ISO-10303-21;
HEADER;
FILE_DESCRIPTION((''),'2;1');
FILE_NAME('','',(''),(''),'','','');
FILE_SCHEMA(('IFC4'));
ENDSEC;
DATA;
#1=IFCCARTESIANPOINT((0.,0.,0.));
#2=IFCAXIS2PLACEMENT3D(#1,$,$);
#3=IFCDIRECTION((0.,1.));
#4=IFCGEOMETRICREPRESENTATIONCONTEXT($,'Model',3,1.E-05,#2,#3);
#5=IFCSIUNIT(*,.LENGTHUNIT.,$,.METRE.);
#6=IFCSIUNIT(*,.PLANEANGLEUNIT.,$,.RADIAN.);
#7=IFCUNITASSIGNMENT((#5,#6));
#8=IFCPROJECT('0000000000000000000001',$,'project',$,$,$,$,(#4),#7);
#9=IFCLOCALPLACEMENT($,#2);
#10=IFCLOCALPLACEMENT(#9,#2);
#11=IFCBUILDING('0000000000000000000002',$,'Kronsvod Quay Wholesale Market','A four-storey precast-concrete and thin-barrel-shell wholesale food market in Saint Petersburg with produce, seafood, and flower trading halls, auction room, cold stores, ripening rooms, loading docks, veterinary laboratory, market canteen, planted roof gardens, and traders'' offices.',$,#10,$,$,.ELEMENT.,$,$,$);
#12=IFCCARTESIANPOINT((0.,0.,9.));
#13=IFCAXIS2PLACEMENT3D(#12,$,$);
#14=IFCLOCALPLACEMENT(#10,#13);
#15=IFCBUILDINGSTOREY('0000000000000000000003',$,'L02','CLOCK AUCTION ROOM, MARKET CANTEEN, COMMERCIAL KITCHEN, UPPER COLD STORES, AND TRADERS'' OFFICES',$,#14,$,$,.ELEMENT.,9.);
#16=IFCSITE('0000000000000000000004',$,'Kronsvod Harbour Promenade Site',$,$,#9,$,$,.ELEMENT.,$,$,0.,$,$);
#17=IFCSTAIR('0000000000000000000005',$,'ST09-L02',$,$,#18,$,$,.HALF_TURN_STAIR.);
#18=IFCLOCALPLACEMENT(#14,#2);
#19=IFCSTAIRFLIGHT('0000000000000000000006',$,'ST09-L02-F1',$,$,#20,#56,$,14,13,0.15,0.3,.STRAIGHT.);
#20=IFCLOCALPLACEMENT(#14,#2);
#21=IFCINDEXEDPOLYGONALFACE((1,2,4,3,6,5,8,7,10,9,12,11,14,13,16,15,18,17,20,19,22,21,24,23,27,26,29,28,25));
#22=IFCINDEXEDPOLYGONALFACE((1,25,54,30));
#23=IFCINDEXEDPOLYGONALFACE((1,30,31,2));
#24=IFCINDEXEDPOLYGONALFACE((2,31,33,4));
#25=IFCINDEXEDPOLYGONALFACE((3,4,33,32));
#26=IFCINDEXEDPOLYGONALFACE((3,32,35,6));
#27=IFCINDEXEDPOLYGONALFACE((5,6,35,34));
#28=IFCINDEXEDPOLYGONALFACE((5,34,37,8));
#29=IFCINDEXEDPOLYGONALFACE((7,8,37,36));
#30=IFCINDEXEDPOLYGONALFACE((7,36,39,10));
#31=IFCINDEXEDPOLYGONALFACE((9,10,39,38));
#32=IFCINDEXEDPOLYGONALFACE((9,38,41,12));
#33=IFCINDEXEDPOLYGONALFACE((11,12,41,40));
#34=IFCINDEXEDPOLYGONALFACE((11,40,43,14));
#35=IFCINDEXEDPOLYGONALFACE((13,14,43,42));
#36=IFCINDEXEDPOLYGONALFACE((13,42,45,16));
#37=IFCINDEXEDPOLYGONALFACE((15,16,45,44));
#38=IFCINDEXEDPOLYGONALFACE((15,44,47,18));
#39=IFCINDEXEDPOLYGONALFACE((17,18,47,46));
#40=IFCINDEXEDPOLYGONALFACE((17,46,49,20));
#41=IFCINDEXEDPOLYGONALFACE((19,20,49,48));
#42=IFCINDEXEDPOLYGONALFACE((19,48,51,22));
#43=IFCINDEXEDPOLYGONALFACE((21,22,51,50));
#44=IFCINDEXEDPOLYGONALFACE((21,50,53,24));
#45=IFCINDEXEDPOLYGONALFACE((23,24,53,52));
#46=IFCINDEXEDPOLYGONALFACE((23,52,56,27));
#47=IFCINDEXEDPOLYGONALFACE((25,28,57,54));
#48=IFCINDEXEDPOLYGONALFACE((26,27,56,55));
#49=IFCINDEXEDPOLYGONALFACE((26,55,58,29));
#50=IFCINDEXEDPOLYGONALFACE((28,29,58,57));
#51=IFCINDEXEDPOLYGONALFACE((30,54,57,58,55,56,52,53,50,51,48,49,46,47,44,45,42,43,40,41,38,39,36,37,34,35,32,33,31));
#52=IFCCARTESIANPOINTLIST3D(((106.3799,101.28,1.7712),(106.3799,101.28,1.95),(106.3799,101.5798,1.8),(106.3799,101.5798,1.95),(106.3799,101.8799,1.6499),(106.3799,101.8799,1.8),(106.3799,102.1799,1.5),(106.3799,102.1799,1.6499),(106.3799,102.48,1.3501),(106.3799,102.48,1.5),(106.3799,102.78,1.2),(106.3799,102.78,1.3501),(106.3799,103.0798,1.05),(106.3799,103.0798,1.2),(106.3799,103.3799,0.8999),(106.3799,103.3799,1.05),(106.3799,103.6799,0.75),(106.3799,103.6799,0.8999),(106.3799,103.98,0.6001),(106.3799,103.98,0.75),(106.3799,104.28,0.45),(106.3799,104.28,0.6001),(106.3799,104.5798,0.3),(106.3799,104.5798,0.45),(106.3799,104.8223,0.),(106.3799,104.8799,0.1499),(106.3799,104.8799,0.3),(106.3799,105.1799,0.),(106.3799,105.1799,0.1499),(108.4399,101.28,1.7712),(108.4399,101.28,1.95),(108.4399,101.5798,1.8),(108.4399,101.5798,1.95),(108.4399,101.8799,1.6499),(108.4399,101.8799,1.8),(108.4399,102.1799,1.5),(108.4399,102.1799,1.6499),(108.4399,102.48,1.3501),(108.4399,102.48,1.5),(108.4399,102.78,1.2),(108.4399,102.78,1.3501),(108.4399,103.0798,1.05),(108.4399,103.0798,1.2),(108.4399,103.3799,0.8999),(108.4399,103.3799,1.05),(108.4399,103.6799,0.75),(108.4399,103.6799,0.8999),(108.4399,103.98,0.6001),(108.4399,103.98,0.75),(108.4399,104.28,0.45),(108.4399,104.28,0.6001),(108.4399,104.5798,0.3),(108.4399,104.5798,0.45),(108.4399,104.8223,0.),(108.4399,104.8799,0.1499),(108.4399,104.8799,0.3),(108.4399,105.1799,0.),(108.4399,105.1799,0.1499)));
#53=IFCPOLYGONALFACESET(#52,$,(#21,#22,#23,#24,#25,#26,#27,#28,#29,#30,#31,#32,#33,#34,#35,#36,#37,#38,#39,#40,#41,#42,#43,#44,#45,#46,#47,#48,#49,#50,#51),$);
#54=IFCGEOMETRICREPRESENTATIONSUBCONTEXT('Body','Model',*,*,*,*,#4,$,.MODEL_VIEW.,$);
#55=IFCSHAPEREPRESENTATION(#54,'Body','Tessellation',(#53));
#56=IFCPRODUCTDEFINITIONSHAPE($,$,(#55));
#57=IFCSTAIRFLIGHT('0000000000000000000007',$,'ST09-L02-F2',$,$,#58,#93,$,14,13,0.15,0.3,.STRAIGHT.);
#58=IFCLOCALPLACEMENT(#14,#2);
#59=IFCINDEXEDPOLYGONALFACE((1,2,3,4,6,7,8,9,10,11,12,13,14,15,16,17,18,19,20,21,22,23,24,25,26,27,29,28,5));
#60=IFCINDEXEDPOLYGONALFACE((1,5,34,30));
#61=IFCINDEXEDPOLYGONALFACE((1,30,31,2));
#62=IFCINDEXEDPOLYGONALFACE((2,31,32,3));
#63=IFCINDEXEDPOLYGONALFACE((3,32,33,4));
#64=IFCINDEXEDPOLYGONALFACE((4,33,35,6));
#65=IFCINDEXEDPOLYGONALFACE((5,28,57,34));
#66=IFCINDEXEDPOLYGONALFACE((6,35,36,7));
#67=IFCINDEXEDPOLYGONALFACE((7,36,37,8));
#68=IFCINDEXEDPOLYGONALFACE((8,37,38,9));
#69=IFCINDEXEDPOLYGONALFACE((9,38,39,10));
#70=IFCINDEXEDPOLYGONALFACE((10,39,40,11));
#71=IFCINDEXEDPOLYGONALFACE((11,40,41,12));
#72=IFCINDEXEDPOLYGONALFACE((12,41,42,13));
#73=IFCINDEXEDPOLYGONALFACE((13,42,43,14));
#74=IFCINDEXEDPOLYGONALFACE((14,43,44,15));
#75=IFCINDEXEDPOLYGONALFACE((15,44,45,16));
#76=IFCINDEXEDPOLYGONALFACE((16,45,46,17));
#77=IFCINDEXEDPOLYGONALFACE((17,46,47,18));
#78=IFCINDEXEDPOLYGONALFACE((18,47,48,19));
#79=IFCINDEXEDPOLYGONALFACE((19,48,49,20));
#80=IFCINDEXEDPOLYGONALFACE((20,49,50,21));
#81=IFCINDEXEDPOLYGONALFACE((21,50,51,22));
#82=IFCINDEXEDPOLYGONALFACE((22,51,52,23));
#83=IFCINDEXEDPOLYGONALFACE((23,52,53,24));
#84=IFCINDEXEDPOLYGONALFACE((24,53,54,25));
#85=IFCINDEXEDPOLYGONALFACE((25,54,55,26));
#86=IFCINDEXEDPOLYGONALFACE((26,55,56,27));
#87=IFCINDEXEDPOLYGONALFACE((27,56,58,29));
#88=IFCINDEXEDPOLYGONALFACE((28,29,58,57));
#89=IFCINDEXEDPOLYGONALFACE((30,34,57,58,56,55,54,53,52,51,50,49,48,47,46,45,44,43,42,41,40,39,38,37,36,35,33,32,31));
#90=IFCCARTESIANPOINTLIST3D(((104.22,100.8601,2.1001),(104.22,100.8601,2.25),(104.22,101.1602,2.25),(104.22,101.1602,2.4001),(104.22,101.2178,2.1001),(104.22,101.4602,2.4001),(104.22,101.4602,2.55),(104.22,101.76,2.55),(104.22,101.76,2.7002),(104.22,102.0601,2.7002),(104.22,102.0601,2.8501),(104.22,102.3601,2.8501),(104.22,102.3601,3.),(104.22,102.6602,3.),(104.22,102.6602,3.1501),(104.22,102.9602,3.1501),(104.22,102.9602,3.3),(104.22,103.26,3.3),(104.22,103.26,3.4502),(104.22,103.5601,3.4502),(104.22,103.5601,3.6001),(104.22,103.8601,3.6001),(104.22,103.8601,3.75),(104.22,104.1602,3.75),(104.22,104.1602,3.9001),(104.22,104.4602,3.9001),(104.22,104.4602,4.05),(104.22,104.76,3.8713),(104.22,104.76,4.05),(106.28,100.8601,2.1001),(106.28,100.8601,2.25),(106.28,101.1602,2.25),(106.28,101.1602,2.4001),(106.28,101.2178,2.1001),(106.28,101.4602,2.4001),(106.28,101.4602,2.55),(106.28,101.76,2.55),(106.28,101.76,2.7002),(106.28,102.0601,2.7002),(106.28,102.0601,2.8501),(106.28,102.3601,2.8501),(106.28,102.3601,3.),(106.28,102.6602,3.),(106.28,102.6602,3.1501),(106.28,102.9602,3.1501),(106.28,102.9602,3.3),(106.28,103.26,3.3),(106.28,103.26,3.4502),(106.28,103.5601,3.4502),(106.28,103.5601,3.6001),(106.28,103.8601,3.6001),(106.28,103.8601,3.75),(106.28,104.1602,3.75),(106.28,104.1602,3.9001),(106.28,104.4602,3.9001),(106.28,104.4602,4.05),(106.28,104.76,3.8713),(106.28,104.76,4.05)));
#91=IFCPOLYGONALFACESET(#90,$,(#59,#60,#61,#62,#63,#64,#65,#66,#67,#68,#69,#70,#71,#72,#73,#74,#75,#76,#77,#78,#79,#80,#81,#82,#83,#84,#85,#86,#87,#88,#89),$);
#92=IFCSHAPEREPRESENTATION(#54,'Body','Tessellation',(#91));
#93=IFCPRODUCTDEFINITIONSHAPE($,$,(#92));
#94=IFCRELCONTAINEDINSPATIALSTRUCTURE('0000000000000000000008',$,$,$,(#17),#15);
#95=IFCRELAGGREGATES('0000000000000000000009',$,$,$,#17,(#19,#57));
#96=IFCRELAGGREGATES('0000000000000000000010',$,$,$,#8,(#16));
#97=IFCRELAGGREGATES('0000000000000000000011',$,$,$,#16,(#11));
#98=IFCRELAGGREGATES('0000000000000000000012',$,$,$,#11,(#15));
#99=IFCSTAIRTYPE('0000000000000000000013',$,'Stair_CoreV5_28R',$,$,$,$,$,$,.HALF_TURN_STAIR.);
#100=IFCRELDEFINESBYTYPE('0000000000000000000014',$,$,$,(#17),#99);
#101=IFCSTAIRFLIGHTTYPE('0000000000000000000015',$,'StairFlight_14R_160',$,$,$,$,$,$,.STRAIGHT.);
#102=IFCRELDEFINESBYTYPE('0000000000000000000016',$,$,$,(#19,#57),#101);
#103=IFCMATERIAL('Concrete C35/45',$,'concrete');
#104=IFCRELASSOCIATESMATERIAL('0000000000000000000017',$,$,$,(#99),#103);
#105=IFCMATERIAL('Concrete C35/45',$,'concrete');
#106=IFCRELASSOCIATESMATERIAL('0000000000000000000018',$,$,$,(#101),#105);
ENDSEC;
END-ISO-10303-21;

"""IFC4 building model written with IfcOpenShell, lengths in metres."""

from ifc_helpers import new_model, si_unit, direction, frame, origin, place, context, subcontext, project, spatial, polyline, outline, extrude, material, type_object, element, aggregate, save


model = new_model("IFC4")

# Units and contexts
model_context = context("Model", 3, precision=1e-05, world=origin(), true_north=direction((0.0, 1.0)))
body_context = subcontext(model_context, "Body", "Model", "MODEL_VIEW")
ifc_project = project(units=[si_unit("LENGTHUNIT", "METRE"), si_unit("PLANEANGLEUNIT", "RADIAN")], contexts=[model_context])

# Site, building, storey
site_placement = place(None, origin())
site = spatial("IfcSite", under=ifc_project, at=site_placement, Name="Kronsvod Harbour Promenade Site", CompositionType="ELEMENT", RefElevation=0.0)
building_placement = place(site_placement, origin())
building = spatial("IfcBuilding", under=site, at=building_placement, Name="Kronsvod Quay Wholesale Market", Description="A four-storey precast-concrete and thin-barrel-shell wholesale food market in Saint Petersburg with produce, seafood, and flower trading halls, auction room, cold stores, ripening rooms, loading docks, veterinary laboratory, market canteen, planted roof gardens, and traders' offices.", CompositionType="ELEMENT")
storey_placement = place(building_placement, frame((0.0, 0.0, 9.0)))
storey = spatial("IfcBuildingStorey", under=building, at=storey_placement, Name="L02", Description="CLOCK AUCTION ROOM, MARKET CANTEEN, COMMERCIAL KITCHEN, UPPER COLD STORES, AND TRADERS' OFFICES", CompositionType="ELEMENT", Elevation=9.0)

# Stair, stair flights
ifc_material_1 = material(Name="Concrete C35/45", Category="concrete")
stair_type = type_object("IfcStairType", Name="Stair_CoreV5_28R", PredefinedType="HALF_TURN_STAIR", material=ifc_material_1)
stair_placement = place(storey_placement, origin())
stair = element("IfcStair", 1, at=stair_placement, inside=storey, type_object=stair_type, Name="ST09-L02", PredefinedType="HALF_TURN_STAIR")
ifc_material_2 = material(Name="Concrete C35/45", Category="concrete")
stair_flight_type = type_object("IfcStairFlightType", Name="StairFlight_14R_160", PredefinedType="STRAIGHT", material=ifc_material_2)
stair_flight_1_placement = place(storey_placement, frame((107.4099, 105.1799, 0.0), z_axis=(0.0, 0.0, 1.0), x_axis=(0.0, -1.0, 0.0)))
stair_flight_1 = element("IfcStairFlight", 2, at=stair_flight_1_placement, type_object=stair_flight_type, Name="ST09-L02-F1", NumberOfRisers=14, NumberOfTreads=13, PredefinedType="STRAIGHT", RiserHeight=0.15, TreadLength=0.3, context=body_context, shape_type="SweptSolid", body=[
    extrude(outline(polyline([(0.0, 0.0), (0.0, 0.1499), (0.3, 0.1499), (0.3, 0.3), (0.6001, 0.3), (0.6001, 0.45), (0.8999, 0.45), (0.8999, 0.6001), (1.2, 0.6001), (1.2, 0.75), (1.5, 0.75), (1.5, 0.8999), (1.8, 0.8999), (1.8, 1.05), (2.1001, 1.05), (2.1001, 1.2), (2.3999, 1.2), (2.3999, 1.3501), (2.7, 1.3501), (2.7, 1.5), (3.0, 1.5), (3.0, 1.6499), (3.3, 1.6499), (3.3, 1.8), (3.6001, 1.8), (3.6001, 1.95), (3.8999, 1.95), (3.8999, 2.1001), (3.8999, 1.7712), (0.3577, 0.0), (0.0, 0.0)])), frame((0.0, 1.03, 0.0), z_axis=(0.0, -1.0, 0.0), x_axis=(1.0, 0.0, 0.0)), (0.0, 0.0, 1.0), 2.0601),
])
stair_flight_2_placement = place(storey_placement, frame((105.25, 100.8601, 2.1001), z_axis=(0.0, 0.0, 1.0), x_axis=(0.0, 1.0, 0.0)))
stair_flight_2 = element("IfcStairFlight", 3, at=stair_flight_2_placement, type_object=stair_flight_type, Name="ST09-L02-F2", NumberOfRisers=14, NumberOfTreads=13, PredefinedType="STRAIGHT", RiserHeight=0.15, TreadLength=0.3, context=body_context, shape_type="SweptSolid", body=[
    extrude(outline(polyline([(0.0, 0.0), (0.0, 0.1499), (0.3, 0.1499), (0.3, 0.3), (0.6001, 0.3), (0.6001, 0.45), (0.8999, 0.45), (0.8999, 0.6001), (1.2, 0.6001), (1.2, 0.75), (1.5, 0.75), (1.5, 0.8999), (1.8, 0.8999), (1.8, 1.05), (2.1001, 1.05), (2.1001, 1.2), (2.3999, 1.2), (2.3999, 1.3501), (2.7, 1.3501), (2.7, 1.5), (3.0, 1.5), (3.0, 1.6499), (3.3, 1.6499), (3.3, 1.8), (3.6001, 1.8), (3.6001, 1.95), (3.8999, 1.95), (3.8999, 2.1001), (3.8999, 1.7712), (0.3577, 0.0), (0.0, 0.0)])), frame((0.0, 1.03, 0.0), z_axis=(0.0, -1.0, 0.0), x_axis=(1.0, 0.0, 0.0)), (0.0, 0.0, 1.0), 2.0601),
])
aggregate(stair, [stair_flight_1, stair_flight_2])

save(model, "model.ifc")
